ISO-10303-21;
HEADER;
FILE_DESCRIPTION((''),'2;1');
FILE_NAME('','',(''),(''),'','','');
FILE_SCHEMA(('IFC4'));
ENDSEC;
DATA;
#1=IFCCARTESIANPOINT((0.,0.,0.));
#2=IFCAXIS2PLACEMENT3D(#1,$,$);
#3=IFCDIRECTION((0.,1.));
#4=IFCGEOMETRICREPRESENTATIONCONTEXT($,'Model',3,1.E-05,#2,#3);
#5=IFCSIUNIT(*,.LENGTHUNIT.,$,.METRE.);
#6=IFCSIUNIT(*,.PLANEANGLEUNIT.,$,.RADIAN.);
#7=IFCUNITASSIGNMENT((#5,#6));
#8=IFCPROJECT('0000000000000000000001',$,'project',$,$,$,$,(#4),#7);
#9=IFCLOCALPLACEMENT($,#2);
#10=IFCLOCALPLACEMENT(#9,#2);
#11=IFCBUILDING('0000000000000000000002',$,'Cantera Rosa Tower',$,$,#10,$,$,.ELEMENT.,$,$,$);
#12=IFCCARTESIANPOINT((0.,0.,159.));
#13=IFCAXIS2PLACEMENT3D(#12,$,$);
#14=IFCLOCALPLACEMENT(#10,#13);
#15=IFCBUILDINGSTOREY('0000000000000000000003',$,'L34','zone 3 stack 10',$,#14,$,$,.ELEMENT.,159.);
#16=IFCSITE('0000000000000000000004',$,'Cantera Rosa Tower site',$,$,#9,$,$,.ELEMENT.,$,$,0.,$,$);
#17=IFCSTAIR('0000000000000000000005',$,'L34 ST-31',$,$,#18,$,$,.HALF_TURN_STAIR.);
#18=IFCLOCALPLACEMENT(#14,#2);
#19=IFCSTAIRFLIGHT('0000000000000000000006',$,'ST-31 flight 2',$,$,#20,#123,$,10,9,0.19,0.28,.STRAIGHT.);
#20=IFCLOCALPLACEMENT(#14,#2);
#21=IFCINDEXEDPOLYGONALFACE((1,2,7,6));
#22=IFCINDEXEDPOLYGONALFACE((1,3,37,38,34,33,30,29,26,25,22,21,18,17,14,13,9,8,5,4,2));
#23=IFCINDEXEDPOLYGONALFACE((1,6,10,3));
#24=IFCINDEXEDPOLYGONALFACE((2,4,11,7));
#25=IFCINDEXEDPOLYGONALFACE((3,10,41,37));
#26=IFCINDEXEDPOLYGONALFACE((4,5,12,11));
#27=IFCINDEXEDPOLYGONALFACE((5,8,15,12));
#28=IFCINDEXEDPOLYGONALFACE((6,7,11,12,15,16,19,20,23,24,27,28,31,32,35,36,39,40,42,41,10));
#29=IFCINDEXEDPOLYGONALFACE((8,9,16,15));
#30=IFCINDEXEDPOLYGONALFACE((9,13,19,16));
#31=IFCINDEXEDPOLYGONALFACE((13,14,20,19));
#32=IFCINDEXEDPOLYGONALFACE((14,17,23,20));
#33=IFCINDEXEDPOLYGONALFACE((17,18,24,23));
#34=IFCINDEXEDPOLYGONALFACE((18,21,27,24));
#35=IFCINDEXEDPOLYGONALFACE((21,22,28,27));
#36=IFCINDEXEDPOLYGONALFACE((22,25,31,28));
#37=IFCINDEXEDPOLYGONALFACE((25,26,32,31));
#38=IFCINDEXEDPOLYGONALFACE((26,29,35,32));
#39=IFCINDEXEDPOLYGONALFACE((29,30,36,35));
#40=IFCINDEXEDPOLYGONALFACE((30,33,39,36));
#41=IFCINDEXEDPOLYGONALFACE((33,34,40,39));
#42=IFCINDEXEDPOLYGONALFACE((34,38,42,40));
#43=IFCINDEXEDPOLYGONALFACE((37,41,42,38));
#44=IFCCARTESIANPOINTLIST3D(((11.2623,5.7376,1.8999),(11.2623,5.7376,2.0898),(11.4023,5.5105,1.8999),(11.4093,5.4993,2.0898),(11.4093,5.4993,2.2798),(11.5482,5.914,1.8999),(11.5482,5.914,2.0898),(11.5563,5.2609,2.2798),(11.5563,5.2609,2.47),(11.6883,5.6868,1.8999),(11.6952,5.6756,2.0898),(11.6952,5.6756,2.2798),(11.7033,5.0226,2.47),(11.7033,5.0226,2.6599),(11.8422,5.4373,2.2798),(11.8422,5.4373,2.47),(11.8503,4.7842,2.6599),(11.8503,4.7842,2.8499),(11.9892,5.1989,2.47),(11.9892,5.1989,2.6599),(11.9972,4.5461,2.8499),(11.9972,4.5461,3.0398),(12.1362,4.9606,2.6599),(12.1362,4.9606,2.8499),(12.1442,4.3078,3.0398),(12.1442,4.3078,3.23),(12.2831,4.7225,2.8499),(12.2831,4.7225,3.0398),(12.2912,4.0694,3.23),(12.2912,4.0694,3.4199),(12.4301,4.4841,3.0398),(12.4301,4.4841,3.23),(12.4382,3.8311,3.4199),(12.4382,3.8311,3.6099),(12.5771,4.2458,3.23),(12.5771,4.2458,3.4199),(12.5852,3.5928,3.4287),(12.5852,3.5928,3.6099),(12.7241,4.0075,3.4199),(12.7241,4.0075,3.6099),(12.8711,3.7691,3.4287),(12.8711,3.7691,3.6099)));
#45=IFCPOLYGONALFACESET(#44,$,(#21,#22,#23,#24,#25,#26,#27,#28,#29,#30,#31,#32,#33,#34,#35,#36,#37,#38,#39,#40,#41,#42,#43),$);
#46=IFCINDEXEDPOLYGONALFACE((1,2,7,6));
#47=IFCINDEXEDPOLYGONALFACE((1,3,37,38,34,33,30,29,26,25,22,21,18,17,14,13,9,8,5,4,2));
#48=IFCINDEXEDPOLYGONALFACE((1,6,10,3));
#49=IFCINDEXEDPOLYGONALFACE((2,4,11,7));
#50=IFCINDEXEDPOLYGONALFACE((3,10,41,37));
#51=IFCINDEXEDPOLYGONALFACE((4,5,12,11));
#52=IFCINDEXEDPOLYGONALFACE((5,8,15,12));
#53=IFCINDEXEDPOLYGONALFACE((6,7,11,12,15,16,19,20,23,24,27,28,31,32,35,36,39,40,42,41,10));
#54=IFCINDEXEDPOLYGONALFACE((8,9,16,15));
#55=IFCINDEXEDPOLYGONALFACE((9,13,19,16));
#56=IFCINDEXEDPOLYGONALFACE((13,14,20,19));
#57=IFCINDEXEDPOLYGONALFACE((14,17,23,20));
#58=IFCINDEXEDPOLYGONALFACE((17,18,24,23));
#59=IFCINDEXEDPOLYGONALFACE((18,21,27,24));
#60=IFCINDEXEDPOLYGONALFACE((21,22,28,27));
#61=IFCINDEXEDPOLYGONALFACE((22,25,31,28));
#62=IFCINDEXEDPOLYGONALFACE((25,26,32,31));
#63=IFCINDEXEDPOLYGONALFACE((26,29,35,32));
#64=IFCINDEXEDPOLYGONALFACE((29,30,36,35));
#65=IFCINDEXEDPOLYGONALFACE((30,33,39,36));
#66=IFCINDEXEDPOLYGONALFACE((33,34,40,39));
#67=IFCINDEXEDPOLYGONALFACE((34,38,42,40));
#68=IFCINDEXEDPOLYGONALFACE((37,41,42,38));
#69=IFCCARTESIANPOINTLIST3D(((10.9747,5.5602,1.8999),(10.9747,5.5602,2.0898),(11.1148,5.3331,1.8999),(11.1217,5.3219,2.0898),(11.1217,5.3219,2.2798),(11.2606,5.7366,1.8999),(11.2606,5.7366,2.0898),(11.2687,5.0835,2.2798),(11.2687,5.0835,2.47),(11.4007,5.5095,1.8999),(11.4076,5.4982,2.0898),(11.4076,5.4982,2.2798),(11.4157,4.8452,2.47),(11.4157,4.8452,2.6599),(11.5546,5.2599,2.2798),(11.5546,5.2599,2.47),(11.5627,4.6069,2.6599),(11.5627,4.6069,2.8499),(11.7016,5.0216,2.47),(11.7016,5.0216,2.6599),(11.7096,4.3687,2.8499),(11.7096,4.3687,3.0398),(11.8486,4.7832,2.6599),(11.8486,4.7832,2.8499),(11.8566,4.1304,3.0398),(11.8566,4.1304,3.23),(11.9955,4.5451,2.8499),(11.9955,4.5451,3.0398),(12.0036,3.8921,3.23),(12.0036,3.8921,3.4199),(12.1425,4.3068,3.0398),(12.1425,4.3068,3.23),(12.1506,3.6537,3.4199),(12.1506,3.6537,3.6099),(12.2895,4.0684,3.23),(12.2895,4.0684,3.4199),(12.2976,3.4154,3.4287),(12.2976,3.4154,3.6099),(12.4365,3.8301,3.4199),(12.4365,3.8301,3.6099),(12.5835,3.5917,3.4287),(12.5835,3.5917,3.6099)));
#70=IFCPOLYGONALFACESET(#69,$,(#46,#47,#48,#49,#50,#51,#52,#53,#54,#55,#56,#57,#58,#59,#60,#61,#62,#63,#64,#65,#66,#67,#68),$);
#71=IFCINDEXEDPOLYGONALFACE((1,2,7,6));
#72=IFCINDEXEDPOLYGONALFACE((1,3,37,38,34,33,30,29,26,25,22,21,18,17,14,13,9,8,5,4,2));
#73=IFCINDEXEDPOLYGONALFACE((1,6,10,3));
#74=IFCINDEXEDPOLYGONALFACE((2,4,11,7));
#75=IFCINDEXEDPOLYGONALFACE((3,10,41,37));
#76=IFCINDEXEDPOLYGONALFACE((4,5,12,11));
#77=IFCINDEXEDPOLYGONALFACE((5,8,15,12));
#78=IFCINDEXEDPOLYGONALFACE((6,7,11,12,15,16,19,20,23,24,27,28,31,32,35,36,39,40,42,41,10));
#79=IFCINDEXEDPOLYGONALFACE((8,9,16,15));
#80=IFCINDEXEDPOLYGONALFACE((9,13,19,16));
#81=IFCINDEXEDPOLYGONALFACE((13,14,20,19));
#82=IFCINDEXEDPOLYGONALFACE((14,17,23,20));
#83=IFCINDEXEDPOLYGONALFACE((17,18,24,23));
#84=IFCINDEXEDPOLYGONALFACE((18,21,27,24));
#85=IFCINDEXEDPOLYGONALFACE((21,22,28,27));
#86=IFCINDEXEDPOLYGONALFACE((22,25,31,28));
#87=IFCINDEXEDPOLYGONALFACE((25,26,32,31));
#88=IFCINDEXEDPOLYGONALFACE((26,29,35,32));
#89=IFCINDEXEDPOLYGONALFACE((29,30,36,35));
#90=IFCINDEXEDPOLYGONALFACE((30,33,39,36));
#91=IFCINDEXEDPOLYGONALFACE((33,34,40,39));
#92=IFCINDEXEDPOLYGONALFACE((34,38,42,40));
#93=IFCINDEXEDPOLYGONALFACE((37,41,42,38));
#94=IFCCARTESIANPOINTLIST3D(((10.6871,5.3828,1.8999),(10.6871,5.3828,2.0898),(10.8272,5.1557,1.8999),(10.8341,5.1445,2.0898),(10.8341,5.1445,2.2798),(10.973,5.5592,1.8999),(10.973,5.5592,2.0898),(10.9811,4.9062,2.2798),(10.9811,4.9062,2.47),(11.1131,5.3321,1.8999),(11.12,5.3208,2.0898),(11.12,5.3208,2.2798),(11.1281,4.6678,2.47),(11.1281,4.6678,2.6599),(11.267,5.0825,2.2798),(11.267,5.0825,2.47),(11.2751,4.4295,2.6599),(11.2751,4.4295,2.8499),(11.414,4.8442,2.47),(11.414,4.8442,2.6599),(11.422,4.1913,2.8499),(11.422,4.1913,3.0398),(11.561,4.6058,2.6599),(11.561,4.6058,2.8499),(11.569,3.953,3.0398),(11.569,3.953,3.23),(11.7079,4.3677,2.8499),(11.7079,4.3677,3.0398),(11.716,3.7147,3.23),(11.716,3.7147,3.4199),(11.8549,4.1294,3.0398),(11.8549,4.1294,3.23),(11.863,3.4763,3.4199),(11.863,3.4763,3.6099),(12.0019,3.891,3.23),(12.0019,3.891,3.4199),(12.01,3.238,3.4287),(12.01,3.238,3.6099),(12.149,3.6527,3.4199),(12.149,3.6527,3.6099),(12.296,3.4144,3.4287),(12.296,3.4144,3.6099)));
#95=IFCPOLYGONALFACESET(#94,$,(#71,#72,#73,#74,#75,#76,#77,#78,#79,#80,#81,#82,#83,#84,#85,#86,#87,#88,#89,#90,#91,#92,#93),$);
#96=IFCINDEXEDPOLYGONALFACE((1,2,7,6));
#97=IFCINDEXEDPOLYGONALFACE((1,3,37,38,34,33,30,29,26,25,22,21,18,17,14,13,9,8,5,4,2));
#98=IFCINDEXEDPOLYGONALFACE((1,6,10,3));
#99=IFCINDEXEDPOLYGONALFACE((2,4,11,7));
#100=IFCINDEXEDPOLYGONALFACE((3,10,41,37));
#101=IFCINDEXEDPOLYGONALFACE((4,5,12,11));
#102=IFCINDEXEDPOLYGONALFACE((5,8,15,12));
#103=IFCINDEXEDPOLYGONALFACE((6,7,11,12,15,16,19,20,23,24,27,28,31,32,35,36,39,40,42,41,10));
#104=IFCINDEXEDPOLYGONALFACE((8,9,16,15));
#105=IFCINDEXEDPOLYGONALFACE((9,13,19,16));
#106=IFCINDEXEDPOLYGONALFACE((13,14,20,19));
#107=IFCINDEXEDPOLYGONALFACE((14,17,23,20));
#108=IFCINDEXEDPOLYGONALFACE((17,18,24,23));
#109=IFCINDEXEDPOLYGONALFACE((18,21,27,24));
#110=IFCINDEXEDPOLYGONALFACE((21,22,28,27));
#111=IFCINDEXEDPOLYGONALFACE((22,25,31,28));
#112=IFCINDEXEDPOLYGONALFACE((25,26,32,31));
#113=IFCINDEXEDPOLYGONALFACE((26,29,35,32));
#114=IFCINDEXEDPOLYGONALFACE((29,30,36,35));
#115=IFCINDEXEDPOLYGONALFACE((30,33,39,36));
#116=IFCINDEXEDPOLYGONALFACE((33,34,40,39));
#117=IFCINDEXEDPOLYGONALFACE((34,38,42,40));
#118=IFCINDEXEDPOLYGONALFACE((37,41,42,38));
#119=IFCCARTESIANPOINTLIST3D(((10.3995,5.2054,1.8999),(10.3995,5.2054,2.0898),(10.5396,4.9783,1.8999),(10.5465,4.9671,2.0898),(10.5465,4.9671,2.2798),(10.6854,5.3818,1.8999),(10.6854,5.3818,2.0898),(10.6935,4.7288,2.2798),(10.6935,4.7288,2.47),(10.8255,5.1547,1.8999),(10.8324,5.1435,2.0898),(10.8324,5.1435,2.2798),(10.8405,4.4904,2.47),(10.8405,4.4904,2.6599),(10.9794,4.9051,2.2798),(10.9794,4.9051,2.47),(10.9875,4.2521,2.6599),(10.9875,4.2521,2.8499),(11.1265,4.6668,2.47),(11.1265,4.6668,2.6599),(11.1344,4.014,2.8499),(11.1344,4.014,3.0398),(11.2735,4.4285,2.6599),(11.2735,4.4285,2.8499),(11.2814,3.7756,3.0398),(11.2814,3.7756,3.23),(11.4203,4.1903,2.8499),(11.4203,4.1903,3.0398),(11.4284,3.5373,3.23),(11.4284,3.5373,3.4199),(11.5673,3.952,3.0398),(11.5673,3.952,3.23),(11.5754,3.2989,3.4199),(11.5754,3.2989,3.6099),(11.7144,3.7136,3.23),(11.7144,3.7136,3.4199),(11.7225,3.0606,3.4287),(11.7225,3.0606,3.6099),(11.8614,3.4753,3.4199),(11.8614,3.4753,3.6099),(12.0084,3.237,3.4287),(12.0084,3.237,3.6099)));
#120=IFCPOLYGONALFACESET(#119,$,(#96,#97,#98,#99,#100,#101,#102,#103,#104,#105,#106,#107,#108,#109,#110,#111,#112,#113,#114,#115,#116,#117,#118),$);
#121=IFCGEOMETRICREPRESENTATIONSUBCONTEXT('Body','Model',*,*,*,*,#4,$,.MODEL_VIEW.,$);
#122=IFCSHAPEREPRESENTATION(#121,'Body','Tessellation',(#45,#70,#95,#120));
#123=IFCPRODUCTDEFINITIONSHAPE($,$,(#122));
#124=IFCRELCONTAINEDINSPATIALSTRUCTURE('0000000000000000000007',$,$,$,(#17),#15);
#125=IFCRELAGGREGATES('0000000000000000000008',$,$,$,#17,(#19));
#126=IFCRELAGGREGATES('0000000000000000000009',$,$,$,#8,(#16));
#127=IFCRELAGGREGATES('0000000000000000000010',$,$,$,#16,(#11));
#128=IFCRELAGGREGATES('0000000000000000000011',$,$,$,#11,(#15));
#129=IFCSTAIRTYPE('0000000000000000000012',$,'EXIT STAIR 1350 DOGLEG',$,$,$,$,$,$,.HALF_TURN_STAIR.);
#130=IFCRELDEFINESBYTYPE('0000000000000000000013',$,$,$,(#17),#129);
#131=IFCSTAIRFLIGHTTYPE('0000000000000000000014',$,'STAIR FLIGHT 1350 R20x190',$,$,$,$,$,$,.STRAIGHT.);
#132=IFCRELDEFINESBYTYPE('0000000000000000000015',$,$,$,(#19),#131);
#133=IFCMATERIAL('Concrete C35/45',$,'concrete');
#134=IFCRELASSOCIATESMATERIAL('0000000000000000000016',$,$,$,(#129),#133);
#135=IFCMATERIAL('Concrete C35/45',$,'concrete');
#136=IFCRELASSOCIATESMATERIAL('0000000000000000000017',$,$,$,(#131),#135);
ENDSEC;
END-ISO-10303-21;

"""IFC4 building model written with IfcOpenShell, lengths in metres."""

from ifc_helpers import new_model, si_unit, direction, frame, origin, place, context, subcontext, project, spatial, polyline, outline, extrude, material, type_object, element, aggregate, save


model = new_model("IFC4")

# Units and contexts
model_context = context("Model", 3, precision=1e-05, world=origin(), true_north=direction((0.0, 1.0)))
body_context = subcontext(model_context, "Body", "Model", "MODEL_VIEW")
ifc_project = project(units=[si_unit("LENGTHUNIT", "METRE"), si_unit("PLANEANGLEUNIT", "RADIAN")], contexts=[model_context])

# Site, building, storey
site_placement = place(None, origin())
site = spatial("IfcSite", under=ifc_project, at=site_placement, Name="Cantera Rosa Tower site", CompositionType="ELEMENT", RefElevation=0.0)
building_placement = place(site_placement, origin())
building = spatial("IfcBuilding", under=site, at=building_placement, Name="Cantera Rosa Tower", CompositionType="ELEMENT")
storey_placement = place(building_placement, frame((0.0, 0.0, 159.0)))
storey = spatial("IfcBuildingStorey", under=building, at=storey_placement, Name="L34", Description="zone 3 stack 10", CompositionType="ELEMENT", Elevation=159.0)

# Stair, stair flight
ifc_material_1 = material(Name="Concrete C35/45", Category="concrete")
stair_type = type_object("IfcStairType", Name="EXIT STAIR 1350 DOGLEG", PredefinedType="HALF_TURN_STAIR", material=ifc_material_1)
stair_placement = place(storey_placement, origin())
stair = element("IfcStair", 1, at=stair_placement, inside=storey, type_object=stair_type, Name="L34 ST-31", PredefinedType="HALF_TURN_STAIR")
ifc_material_2 = material(Name="Concrete C35/45", Category="concrete")
stair_flight_type = type_object("IfcStairFlightType", Name="STAIR FLIGHT 1350 R20x190", PredefinedType="STRAIGHT", material=ifc_material_2)
stair_flight_1_placement = place(storey_placement, frame((10.9736, 5.5596, 1.8999), z_axis=(0.0, 0.0, 1.0), x_axis=(0.524977, -0.851117, 0.0)))
stair_flight_1 = element("IfcStairFlight", 2, at=stair_flight_1_placement, type_object=stair_flight_type, Name="ST-31 flight 2", NumberOfRisers=10, NumberOfTreads=9, PredefinedType="STRAIGHT", RiserHeight=0.19, TreadLength=0.28, context=body_context, shape_type="SweptSolid", body=[
    extrude(outline(polyline([(0.0, 0.0), (0.0, 0.1899), (0.28, 0.1899), (0.28, 0.3799), (0.5601, 0.3799), (0.5601, 0.5701), (0.8401, 0.5701), (0.8401, 0.76), (1.1201, 0.76), (1.1201, 0.95), (1.3999, 0.95), (1.3999, 1.1399), (1.6799, 1.1399), (1.6799, 1.3301), (1.96, 1.3301), (1.96, 1.52), (2.24, 1.52), (2.24, 1.71), (2.52, 1.71), (2.52, 1.8999), (2.52, 1.5288), (0.2668, 0.0), (0.0, 0.0)])), frame((0.0, 0.675, 0.0), z_axis=(0.0, -1.0, 0.0), x_axis=(1.0, 0.0, 0.0)), (0.0, 0.0, 1.0), 0.3359),
    extrude(outline(polyline([(0.0, 0.0), (0.0, 0.1899), (0.28, 0.1899), (0.28, 0.3799), (0.5601, 0.3799), (0.5601, 0.5701), (0.8401, 0.5701), (0.8401, 0.76), (1.1201, 0.76), (1.1201, 0.95), (1.3999, 0.95), (1.3999, 1.1399), (1.6799, 1.1399), (1.6799, 1.3301), (1.96, 1.3301), (1.96, 1.52), (2.24, 1.52), (2.24, 1.71), (2.52, 1.71), (2.52, 1.8999), (2.52, 1.5288), (0.2668, 0.0), (0.0, 0.0)])), frame((0.0, 0.3372, 0.0), z_axis=(0.0, -1.0, 0.0), x_axis=(1.0, 0.0, 0.0)), (0.0, 0.0, 1.0), 0.3359),
    extrude(outline(polyline([(0.0, 0.0), (0.0, 0.1899), (0.28, 0.1899), (0.28, 0.3799), (0.5601, 0.3799), (0.5601, 0.5701), (0.8401, 0.5701), (0.8401, 0.76), (1.1201, 0.76), (1.1201, 0.95), (1.3999, 0.95), (1.3999, 1.1399), (1.6799, 1.1399), (1.6799, 1.3301), (1.96, 1.3301), (1.96, 1.52), (2.24, 1.52), (2.24, 1.71), (2.52, 1.71), (2.52, 1.8999), (2.52, 1.5288), (0.2668, 0.0), (0.0, 0.0)])), frame((0.0, -0.0007, 0.0), z_axis=(0.0, -1.0, 0.0), x_axis=(1.0, 0.0, 0.0)), (0.0, 0.0, 1.0), 0.3359),
    extrude(outline(polyline([(0.0, 0.0), (0.0, 0.1899), (0.28, 0.1899), (0.28, 0.3799), (0.5601, 0.3799), (0.5601, 0.5701), (0.8401, 0.5701), (0.8401, 0.76), (1.1201, 0.76), (1.1201, 0.95), (1.3999, 0.95), (1.3999, 1.1399), (1.6799, 1.1399), (1.6799, 1.3301), (1.96, 1.3301), (1.96, 1.52), (2.24, 1.52), (2.24, 1.71), (2.52, 1.71), (2.52, 1.8999), (2.52, 1.5288), (0.2668, 0.0), (0.0, 0.0)])), frame((0.0, -0.3386, 0.0), z_axis=(0.0, -1.0, 0.0), x_axis=(1.0, 0.0, 0.0)), (0.0, 0.0, 1.0), 0.3359),
])
aggregate(stair, [stair_flight_1])

save(model, "model.ifc")
